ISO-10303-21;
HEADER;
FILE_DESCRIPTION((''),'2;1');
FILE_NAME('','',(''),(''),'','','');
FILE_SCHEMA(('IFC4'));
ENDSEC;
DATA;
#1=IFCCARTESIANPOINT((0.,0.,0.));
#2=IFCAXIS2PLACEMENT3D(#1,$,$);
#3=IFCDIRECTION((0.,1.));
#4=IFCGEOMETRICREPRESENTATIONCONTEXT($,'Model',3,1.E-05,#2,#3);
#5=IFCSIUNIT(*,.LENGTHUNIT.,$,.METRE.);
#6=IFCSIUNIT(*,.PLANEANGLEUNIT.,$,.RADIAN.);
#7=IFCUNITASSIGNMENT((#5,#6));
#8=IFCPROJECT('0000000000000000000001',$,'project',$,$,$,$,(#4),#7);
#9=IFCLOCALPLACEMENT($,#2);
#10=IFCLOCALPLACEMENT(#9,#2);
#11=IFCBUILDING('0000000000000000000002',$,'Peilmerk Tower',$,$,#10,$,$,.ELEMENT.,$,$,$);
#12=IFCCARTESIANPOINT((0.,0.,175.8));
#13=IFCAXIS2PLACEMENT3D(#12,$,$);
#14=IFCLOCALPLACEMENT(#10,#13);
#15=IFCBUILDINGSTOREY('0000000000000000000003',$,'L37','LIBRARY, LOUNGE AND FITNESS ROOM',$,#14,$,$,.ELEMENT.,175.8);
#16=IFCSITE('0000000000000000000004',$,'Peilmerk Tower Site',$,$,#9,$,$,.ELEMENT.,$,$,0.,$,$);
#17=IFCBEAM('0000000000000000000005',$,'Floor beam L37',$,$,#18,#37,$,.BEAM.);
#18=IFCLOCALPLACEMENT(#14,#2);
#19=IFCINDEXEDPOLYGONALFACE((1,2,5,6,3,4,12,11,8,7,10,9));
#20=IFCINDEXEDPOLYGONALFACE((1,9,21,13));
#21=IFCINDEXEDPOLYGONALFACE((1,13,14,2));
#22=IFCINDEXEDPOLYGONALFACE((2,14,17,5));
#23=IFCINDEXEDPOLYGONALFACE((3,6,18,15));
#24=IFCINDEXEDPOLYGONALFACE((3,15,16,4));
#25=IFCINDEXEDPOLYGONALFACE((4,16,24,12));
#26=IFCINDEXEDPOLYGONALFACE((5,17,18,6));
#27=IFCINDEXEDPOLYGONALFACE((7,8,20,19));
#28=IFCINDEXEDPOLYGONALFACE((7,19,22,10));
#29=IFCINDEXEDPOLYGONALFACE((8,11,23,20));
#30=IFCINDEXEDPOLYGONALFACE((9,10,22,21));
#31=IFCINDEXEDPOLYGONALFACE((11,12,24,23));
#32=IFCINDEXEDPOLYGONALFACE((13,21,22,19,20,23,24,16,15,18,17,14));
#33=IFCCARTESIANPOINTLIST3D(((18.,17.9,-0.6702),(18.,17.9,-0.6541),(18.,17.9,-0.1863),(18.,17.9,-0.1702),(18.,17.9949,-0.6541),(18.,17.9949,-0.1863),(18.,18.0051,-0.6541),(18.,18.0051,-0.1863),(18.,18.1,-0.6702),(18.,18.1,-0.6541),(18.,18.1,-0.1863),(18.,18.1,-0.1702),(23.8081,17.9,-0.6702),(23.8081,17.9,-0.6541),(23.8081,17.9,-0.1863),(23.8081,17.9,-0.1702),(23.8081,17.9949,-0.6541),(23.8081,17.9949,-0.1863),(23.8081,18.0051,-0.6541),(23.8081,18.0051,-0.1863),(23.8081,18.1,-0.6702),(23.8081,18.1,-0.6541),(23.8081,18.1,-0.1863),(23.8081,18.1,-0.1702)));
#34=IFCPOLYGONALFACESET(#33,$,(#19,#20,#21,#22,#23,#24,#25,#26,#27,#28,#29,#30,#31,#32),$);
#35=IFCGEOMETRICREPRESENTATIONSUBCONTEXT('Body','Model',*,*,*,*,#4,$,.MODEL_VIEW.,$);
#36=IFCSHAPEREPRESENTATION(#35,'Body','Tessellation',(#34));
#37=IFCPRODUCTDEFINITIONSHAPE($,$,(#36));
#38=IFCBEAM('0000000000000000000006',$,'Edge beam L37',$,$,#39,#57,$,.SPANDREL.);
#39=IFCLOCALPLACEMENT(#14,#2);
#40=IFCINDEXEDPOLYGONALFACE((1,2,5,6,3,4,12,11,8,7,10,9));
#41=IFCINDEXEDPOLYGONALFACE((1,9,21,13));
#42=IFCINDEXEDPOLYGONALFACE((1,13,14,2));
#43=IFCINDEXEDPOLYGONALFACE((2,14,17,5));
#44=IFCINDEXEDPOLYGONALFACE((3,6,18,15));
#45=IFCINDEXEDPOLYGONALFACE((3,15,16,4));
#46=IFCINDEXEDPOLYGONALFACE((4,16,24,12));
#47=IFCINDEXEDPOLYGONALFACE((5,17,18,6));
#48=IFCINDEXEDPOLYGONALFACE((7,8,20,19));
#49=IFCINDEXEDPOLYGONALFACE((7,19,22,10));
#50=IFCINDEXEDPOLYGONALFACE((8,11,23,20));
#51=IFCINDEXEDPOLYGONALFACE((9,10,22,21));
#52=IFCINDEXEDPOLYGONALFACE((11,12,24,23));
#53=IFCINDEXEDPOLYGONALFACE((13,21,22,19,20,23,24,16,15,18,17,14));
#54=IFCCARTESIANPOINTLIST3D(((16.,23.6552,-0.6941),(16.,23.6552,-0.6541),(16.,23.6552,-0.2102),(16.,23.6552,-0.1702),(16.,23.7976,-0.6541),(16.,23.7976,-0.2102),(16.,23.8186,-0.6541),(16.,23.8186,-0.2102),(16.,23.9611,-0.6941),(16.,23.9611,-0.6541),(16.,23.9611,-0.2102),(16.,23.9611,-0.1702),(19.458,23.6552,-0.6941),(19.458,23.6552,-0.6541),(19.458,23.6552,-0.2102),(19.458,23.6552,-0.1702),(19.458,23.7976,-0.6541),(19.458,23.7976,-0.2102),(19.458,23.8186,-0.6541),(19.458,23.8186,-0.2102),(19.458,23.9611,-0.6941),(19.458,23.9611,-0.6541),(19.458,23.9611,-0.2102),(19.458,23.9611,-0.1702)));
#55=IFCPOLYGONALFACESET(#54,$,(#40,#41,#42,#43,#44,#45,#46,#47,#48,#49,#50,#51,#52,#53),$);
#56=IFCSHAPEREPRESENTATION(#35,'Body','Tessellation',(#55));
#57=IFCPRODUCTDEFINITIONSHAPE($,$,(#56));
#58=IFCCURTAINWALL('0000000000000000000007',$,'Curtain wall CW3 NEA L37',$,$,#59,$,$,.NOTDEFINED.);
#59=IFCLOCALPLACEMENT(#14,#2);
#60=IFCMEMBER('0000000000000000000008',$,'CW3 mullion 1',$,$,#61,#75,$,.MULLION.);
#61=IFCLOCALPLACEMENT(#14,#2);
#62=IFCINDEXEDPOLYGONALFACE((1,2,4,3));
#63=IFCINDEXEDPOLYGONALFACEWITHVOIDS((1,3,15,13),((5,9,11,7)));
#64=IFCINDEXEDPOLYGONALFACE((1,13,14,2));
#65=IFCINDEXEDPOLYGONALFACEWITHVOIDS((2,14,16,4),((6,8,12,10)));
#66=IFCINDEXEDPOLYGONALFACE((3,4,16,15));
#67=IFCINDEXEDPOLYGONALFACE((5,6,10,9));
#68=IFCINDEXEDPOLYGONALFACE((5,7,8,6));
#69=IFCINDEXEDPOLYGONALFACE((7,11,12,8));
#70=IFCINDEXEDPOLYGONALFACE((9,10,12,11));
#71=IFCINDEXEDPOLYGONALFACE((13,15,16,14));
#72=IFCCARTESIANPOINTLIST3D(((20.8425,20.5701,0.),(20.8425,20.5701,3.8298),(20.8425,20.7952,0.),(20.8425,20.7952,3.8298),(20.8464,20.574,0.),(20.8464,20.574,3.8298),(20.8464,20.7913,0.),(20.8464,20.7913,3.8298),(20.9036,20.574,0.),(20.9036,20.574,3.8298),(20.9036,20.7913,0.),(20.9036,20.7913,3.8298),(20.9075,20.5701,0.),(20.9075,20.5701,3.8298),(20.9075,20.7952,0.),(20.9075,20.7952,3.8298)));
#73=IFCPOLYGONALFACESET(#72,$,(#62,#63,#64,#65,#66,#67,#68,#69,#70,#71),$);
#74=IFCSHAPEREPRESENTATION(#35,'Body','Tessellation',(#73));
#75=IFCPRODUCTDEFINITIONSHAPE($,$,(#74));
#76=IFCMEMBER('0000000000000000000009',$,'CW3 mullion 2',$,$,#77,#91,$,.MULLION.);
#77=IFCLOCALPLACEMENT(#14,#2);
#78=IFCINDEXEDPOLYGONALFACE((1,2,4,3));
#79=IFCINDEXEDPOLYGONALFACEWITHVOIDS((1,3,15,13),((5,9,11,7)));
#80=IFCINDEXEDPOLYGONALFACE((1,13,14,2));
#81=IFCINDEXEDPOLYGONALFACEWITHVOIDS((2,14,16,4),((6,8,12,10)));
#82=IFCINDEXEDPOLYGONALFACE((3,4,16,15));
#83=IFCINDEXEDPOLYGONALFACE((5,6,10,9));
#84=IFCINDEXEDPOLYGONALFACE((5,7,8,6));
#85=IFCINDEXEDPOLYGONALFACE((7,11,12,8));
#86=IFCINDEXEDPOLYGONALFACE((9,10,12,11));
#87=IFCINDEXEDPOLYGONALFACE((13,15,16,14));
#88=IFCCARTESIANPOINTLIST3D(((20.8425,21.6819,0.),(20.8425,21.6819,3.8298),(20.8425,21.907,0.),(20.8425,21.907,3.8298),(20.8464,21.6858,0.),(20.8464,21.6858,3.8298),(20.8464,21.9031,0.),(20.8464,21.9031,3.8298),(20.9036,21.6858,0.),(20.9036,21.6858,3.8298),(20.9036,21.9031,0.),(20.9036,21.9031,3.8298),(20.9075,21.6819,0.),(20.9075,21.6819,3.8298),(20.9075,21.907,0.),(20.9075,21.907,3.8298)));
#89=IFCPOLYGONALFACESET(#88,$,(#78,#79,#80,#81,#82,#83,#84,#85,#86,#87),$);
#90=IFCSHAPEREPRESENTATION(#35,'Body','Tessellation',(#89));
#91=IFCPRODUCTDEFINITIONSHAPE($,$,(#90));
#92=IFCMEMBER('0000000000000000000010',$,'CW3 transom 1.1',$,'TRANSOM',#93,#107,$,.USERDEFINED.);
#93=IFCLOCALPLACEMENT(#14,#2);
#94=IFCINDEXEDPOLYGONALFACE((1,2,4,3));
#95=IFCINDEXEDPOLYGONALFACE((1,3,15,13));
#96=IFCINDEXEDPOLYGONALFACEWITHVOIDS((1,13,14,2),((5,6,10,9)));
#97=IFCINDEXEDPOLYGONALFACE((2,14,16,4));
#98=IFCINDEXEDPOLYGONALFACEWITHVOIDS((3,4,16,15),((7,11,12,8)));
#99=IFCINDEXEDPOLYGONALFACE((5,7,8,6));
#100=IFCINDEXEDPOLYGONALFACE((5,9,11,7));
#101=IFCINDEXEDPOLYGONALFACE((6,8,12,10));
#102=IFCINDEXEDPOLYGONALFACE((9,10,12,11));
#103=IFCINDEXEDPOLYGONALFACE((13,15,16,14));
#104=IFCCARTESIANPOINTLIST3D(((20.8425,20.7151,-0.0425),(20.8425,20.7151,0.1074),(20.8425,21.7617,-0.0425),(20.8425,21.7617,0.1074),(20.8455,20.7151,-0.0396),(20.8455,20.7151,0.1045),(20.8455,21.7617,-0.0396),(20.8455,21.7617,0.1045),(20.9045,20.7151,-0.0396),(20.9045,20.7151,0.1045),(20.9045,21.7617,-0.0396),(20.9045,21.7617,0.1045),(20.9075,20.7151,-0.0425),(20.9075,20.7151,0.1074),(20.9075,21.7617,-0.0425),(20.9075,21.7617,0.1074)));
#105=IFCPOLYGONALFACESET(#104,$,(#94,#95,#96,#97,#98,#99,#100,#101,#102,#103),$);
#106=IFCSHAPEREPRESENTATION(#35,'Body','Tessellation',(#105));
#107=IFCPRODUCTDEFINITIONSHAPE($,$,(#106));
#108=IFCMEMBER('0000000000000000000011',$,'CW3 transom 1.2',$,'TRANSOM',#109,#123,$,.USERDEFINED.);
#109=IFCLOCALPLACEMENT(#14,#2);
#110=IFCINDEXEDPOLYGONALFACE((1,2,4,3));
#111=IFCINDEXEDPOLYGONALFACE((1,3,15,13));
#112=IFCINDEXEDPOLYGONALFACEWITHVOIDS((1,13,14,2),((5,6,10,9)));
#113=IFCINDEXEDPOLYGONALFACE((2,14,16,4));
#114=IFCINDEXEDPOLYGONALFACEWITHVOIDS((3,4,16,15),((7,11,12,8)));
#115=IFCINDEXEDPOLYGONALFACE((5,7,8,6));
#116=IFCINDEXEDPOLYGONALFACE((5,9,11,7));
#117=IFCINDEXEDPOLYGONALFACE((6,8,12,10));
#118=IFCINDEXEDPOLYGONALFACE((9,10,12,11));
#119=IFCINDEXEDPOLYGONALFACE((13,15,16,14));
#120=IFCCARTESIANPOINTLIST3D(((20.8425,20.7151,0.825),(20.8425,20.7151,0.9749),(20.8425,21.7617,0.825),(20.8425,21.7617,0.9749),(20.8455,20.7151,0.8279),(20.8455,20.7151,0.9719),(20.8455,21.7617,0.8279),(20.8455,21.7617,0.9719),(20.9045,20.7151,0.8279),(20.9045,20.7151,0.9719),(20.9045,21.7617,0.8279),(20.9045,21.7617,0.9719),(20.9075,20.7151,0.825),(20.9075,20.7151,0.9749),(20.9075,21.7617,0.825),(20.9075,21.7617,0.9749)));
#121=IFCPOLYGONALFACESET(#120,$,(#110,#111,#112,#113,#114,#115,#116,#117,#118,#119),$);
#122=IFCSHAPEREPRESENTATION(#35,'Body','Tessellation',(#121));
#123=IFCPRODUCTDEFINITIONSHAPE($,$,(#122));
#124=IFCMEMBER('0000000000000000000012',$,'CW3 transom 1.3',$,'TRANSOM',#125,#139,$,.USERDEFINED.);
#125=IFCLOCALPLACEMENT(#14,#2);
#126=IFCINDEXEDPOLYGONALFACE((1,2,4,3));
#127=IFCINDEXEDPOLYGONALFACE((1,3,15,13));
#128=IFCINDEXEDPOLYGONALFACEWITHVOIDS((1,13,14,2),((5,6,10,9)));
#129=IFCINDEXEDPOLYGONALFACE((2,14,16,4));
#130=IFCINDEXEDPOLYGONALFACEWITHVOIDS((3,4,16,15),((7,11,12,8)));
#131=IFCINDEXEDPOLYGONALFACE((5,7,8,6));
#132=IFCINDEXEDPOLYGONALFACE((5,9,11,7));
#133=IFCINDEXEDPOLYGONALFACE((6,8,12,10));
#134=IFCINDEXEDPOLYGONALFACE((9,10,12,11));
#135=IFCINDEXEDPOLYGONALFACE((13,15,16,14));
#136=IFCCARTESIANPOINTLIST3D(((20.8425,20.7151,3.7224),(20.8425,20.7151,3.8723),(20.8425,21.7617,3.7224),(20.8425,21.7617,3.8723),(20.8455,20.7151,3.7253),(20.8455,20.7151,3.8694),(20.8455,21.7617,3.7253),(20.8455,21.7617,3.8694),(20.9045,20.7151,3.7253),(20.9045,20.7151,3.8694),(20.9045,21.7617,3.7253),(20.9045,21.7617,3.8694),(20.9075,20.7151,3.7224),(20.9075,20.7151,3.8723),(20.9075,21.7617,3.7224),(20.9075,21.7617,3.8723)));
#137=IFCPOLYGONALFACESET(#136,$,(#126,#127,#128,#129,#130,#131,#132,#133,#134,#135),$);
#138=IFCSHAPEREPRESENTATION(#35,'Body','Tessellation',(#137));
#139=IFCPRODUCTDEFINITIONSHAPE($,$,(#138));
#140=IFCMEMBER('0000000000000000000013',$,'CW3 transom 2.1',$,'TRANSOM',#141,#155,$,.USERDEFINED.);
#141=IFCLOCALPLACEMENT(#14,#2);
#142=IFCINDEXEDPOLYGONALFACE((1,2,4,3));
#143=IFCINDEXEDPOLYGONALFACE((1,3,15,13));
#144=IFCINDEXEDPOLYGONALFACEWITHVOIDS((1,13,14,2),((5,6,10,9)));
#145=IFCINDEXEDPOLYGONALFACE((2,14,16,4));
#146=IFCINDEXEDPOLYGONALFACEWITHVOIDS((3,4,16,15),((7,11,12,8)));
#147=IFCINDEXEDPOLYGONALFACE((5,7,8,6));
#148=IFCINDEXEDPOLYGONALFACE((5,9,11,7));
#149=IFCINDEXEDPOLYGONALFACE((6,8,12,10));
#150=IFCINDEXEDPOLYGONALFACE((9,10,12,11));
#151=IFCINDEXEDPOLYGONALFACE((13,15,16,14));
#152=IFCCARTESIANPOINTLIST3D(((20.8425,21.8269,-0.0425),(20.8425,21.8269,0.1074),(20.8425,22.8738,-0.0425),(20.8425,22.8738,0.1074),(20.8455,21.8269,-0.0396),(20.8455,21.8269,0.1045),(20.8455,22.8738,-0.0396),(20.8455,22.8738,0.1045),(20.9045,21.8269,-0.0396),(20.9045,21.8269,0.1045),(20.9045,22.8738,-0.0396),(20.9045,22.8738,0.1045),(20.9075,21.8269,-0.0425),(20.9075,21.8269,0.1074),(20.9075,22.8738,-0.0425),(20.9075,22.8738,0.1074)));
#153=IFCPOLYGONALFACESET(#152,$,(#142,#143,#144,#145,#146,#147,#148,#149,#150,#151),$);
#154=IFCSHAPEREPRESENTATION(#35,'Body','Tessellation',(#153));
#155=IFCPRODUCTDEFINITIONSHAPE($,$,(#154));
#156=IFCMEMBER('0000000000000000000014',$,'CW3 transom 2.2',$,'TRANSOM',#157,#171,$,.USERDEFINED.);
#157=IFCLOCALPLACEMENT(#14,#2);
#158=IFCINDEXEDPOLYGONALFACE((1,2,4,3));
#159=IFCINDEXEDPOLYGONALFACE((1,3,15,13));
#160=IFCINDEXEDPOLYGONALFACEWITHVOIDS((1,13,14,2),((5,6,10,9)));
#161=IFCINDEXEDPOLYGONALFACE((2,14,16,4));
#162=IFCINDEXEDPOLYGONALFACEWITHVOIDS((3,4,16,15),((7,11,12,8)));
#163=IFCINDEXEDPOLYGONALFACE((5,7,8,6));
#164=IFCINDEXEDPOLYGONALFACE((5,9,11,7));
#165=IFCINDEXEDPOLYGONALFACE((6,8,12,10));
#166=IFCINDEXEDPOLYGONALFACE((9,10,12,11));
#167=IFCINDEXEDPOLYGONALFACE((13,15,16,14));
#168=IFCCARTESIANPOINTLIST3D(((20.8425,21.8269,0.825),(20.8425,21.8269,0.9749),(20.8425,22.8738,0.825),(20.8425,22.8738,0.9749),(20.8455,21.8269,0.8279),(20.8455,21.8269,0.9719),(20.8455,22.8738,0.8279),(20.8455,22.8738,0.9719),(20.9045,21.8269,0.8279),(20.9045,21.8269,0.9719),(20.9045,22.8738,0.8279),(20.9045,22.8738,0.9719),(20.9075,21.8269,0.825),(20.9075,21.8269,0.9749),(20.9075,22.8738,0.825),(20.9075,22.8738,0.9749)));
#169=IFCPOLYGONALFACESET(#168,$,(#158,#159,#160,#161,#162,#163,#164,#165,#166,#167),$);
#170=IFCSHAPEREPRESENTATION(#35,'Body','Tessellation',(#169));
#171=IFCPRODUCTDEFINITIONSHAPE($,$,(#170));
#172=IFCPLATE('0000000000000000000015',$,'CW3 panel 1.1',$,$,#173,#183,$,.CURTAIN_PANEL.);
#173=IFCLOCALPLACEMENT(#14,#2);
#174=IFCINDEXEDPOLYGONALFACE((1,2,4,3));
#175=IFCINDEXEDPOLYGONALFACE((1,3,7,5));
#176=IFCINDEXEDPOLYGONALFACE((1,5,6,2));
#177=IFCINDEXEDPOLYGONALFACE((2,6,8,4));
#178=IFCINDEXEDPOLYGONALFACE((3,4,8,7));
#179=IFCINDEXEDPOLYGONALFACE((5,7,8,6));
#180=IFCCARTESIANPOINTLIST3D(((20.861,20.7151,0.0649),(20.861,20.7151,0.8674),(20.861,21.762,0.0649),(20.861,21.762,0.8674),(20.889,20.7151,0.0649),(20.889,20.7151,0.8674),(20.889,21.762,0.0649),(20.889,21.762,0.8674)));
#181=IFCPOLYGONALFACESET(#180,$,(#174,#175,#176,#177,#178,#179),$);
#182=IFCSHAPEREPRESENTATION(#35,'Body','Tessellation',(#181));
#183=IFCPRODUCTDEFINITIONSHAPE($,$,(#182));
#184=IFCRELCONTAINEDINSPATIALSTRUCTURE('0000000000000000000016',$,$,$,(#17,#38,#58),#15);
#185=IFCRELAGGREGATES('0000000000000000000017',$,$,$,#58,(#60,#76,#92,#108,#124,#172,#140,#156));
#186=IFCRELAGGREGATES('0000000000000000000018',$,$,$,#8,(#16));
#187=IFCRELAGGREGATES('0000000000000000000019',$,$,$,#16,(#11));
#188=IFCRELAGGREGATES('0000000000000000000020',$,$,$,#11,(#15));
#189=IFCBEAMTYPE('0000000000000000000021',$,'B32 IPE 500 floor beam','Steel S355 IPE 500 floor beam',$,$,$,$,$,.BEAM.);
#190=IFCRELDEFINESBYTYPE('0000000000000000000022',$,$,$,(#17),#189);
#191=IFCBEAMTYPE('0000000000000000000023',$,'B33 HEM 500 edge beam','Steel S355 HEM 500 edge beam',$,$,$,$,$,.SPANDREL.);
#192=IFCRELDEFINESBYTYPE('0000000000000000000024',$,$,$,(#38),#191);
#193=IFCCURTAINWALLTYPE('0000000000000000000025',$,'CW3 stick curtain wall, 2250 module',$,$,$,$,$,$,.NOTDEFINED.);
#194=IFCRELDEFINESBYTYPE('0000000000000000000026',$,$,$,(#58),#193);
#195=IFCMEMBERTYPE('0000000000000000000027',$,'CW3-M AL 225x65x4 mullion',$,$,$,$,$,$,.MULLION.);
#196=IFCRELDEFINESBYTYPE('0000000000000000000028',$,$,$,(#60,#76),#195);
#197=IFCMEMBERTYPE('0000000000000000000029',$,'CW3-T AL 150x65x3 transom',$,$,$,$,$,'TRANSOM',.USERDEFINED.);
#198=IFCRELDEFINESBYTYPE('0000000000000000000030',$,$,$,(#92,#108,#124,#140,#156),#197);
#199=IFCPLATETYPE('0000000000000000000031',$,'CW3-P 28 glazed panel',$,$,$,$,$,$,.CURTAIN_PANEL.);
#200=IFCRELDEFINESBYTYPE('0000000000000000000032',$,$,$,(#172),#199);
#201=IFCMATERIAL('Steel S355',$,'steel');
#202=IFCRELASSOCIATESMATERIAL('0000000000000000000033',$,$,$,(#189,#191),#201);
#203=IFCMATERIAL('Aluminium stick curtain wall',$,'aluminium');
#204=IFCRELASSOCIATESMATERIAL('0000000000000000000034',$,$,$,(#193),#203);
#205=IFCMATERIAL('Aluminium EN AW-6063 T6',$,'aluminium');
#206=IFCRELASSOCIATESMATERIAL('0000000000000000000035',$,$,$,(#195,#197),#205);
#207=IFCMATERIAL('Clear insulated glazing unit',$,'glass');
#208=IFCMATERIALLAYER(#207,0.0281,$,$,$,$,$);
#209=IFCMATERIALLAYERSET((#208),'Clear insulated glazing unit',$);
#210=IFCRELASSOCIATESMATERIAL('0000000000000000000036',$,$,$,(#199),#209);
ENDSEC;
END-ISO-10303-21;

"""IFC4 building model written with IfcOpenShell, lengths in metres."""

from ifc_helpers import new_model, si_unit, direction, frame, origin, origin_2d, place, context, subcontext, project, spatial, rectangle, hollow_rectangle, i_section, extrude, material, layer, layer_set, material_profile, profile_set, type_object, element, aggregate, save


model = new_model("IFC4")

# Units and contexts
model_context = context("Model", 3, precision=1e-05, world=origin(), true_north=direction((0.0, 1.0)))
body_context = subcontext(model_context, "Body", "Model", "MODEL_VIEW")
ifc_project = project(units=[si_unit("LENGTHUNIT", "METRE"), si_unit("PLANEANGLEUNIT", "RADIAN")], contexts=[model_context])

# Site, building, storey
site_placement = place(None, origin())
site = spatial("IfcSite", under=ifc_project, at=site_placement, Name="Peilmerk Tower Site", CompositionType="ELEMENT", RefElevation=0.0)
building_placement = place(site_placement, origin())
building = spatial("IfcBuilding", under=site, at=building_placement, Name="Peilmerk Tower", CompositionType="ELEMENT")
storey_placement = place(building_placement, frame((0.0, 0.0, 175.8)))
storey = spatial("IfcBuildingStorey", under=building, at=storey_placement, Name="L37", Description="LIBRARY, LOUNGE AND FITNESS ROOM", CompositionType="ELEMENT", Elevation=175.8)

# Beams
ifc_material_1 = material(Name="Steel S355", Category="steel")
ifc_material_profile_1 = material_profile(ifc_material_1, i_section(OverallWidth=0.2, OverallDepth=0.5, WebThickness=0.0103, FlangeThickness=0.0161, at=origin_2d()), Name="IPE 500")
ifc_profile_set_1 = profile_set([ifc_material_profile_1], Name="Steel S355")
beam_type_1 = type_object("IfcBeamType", Name="B32 IPE 500 floor beam", Description="Steel S355 IPE 500 floor beam", PredefinedType="BEAM", material=ifc_profile_set_1)
for number, where, z_axis, x_axis, name in (
    (1, (18.0, 18.0, -0.4202), (1.0, 0.0, 0.0), (0.0, 1.0, 0.0), "Floor beam L37"),
):
    element("IfcBeam", number, at=place(storey_placement, frame(where, z_axis=z_axis, x_axis=x_axis)), inside=storey, type_object=beam_type_1, Name=name, PredefinedType="BEAM", context=body_context, shape_type="SweptSolid", body=[
        extrude(i_section(OverallWidth=0.2, OverallDepth=0.5, WebThickness=0.0103, FlangeThickness=0.0161, at=origin_2d()), origin(), (0.0, 0.0, 1.0), 5.8081),
    ])
ifc_material_profile_2 = material_profile(ifc_material_1, i_section(OverallWidth=0.3059, OverallDepth=0.5239, WebThickness=0.021, FlangeThickness=0.04, at=origin_2d()), Name="HEM 500")
ifc_profile_set_2 = profile_set([ifc_material_profile_2], Name="Steel S355")
beam_type_2 = type_object("IfcBeamType", Name="B33 HEM 500 edge beam", Description="Steel S355 HEM 500 edge beam", PredefinedType="SPANDREL", material=ifc_profile_set_2)
beam_1_placement = place(storey_placement, frame((19.458, 23.8081, -0.4321), z_axis=(-1.0, 0.0, 0.0), x_axis=(0.0, -1.0, 0.0)))
element("IfcBeam", 2, at=beam_1_placement, inside=storey, type_object=beam_type_2, Name="Edge beam L37", PredefinedType="SPANDREL", context=body_context, shape_type="SweptSolid", body=[
    extrude(i_section(OverallWidth=0.3059, OverallDepth=0.5239, WebThickness=0.021, FlangeThickness=0.04, at=origin_2d()), origin(), (0.0, 0.0, 1.0), 3.458),
])

# Curtain wall, members, plate
ifc_material_2 = material(Name="Aluminium stick curtain wall", Category="aluminium")
curtain_wall_type = type_object("IfcCurtainWallType", Name="CW3 stick curtain wall, 2250 module", PredefinedType="NOTDEFINED", material=ifc_material_2)
curtain_wall_placement = place(storey_placement, origin())
curtain_wall = element("IfcCurtainWall", 3, at=curtain_wall_placement, inside=storey, type_object=curtain_wall_type, Name="Curtain wall CW3 NEA L37", PredefinedType="NOTDEFINED")
ifc_material_3 = material(Name="Aluminium EN AW-6063 T6", Category="aluminium")
ifc_material_profile_3 = material_profile(ifc_material_3, hollow_rectangle(XDim=0.0649, YDim=0.2251, WallThickness=0.0039, at=origin_2d()), Name="AL 225x65x4")
ifc_profile_set_3 = profile_set([ifc_material_profile_3], Name="Aluminium EN AW-6063 T6")
member_type_1 = type_object("IfcMemberType", Name="CW3-M AL 225x65x4 mullion", PredefinedType="MULLION", material=ifc_profile_set_3)
member_1_placement = place(storey_placement, frame((20.875, 20.6826, 0.0), z_axis=(0.0, 0.0, 1.0), x_axis=(-1.0, 0.0, 0.0)))
member_1 = element("IfcMember", 4, at=member_1_placement, type_object=member_type_1, Name="CW3 mullion 1", PredefinedType="MULLION", context=body_context, shape_type="SweptSolid", body=[
    extrude(hollow_rectangle(XDim=0.0649, YDim=0.2251, WallThickness=0.0039, at=origin_2d()), origin(), (0.0, 0.0, 1.0), 3.8298),
])
member_2_placement = place(storey_placement, frame((20.875, 21.7944, 0.0), z_axis=(0.0, 0.0, 1.0), x_axis=(-1.0, 0.0, 0.0)))
member_2 = element("IfcMember", 5, at=member_2_placement, type_object=member_type_1, Name="CW3 mullion 2", PredefinedType="MULLION", context=body_context, shape_type="SweptSolid", body=[
    extrude(hollow_rectangle(XDim=0.0649, YDim=0.2251, WallThickness=0.0039, at=origin_2d()), origin(), (0.0, 0.0, 1.0), 3.8298),
])
ifc_material_profile_4 = material_profile(ifc_material_3, hollow_rectangle(XDim=0.0649, YDim=0.1499, WallThickness=0.0029, at=origin_2d()), Name="AL 150x65x3")
ifc_profile_set_4 = profile_set([ifc_material_profile_4], Name="Aluminium EN AW-6063 T6")
member_type_2 = type_object("IfcMemberType", Name="CW3-T AL 150x65x3 transom", ElementType="TRANSOM", PredefinedType="USERDEFINED", material=ifc_profile_set_4)
member_3_placement = place(storey_placement, frame((20.875, 20.7151, 0.0325), z_axis=(0.0, 1.0, 0.0), x_axis=(-1.0, 0.0, 0.0)))
member_3 = element("IfcMember", 6, at=member_3_placement, type_object=member_type_2, Name="CW3 transom 1.1", ObjectType="TRANSOM", PredefinedType="USERDEFINED", context=body_context, shape_type="SweptSolid", body=[
    extrude(hollow_rectangle(XDim=0.0649, YDim=0.1499, WallThickness=0.0029, at=origin_2d()), origin(), (0.0, 0.0, 1.0), 1.0466),
])
member_4_placement = place(storey_placement, frame((20.875, 20.7151, 0.8999), z_axis=(0.0, 1.0, 0.0), x_axis=(-1.0, 0.0, 0.0)))
member_4 = element("IfcMember", 7, at=member_4_placement, type_object=member_type_2, Name="CW3 transom 1.2", ObjectType="TRANSOM", PredefinedType="USERDEFINED", context=body_context, shape_type="SweptSolid", body=[
    extrude(hollow_rectangle(XDim=0.0649, YDim=0.1499, WallThickness=0.0029, at=origin_2d()), origin(), (0.0, 0.0, 1.0), 1.0466),
])
member_5_placement = place(storey_placement, frame((20.875, 20.7151, 3.7974), z_axis=(0.0, 1.0, 0.0), x_axis=(-1.0, 0.0, 0.0)))
member_5 = element("IfcMember", 8, at=member_5_placement, type_object=member_type_2, Name="CW3 transom 1.3", ObjectType="TRANSOM", PredefinedType="USERDEFINED", context=body_context, shape_type="SweptSolid", body=[
    extrude(hollow_rectangle(XDim=0.0649, YDim=0.1499, WallThickness=0.0029, at=origin_2d()), origin(), (0.0, 0.0, 1.0), 1.0466),
])
member_6_placement = place(storey_placement, frame((20.875, 21.8269, 0.0325), z_axis=(0.0, 1.0, 0.0), x_axis=(-1.0, 0.0, 0.0)))
member_6 = element("IfcMember", 9, at=member_6_placement, type_object=member_type_2, Name="CW3 transom 2.1", ObjectType="TRANSOM", PredefinedType="USERDEFINED", context=body_context, shape_type="SweptSolid", body=[
    extrude(hollow_rectangle(XDim=0.0649, YDim=0.1499, WallThickness=0.0029, at=origin_2d()), origin(), (0.0, 0.0, 1.0), 1.0469),
])
member_7_placement = place(storey_placement, frame((20.875, 21.8269, 0.8999), z_axis=(0.0, 1.0, 0.0), x_axis=(-1.0, 0.0, 0.0)))
member_7 = element("IfcMember", 10, at=member_7_placement, type_object=member_type_2, Name="CW3 transom 2.2", ObjectType="TRANSOM", PredefinedType="USERDEFINED", context=body_context, shape_type="SweptSolid", body=[
    extrude(hollow_rectangle(XDim=0.0649, YDim=0.1499, WallThickness=0.0029, at=origin_2d()), origin(), (0.0, 0.0, 1.0), 1.0469),
])
ifc_material_4 = material(Name="Clear insulated glazing unit", Category="glass")
ifc_layer_1 = layer(ifc_material_4, 0.0281)
ifc_layer_set_1 = layer_set([ifc_layer_1], Name="Clear insulated glazing unit")
plate_type = type_object("IfcPlateType", Name="CW3-P 28 glazed panel", PredefinedType="CURTAIN_PANEL", material=ifc_layer_set_1)
plate_1_placement = place(storey_placement, frame((20.875, 21.2385, 0.0649), z_axis=(0.0, 0.0, 1.0), x_axis=(0.0, 1.0, 0.0)))
plate_1 = element("IfcPlate", 11, at=plate_1_placement, type_object=plate_type, Name="CW3 panel 1.1", PredefinedType="CURTAIN_PANEL", context=body_context, shape_type="SweptSolid", body=[
    extrude(rectangle(XDim=1.0469, YDim=0.0281, at=origin_2d()), origin(), (0.0, 0.0, 1.0), 0.8025),
])
aggregate(curtain_wall, [member_1, member_2, member_3, member_4, member_5, plate_1, member_6, member_7])

save(model, "model.ifc")
